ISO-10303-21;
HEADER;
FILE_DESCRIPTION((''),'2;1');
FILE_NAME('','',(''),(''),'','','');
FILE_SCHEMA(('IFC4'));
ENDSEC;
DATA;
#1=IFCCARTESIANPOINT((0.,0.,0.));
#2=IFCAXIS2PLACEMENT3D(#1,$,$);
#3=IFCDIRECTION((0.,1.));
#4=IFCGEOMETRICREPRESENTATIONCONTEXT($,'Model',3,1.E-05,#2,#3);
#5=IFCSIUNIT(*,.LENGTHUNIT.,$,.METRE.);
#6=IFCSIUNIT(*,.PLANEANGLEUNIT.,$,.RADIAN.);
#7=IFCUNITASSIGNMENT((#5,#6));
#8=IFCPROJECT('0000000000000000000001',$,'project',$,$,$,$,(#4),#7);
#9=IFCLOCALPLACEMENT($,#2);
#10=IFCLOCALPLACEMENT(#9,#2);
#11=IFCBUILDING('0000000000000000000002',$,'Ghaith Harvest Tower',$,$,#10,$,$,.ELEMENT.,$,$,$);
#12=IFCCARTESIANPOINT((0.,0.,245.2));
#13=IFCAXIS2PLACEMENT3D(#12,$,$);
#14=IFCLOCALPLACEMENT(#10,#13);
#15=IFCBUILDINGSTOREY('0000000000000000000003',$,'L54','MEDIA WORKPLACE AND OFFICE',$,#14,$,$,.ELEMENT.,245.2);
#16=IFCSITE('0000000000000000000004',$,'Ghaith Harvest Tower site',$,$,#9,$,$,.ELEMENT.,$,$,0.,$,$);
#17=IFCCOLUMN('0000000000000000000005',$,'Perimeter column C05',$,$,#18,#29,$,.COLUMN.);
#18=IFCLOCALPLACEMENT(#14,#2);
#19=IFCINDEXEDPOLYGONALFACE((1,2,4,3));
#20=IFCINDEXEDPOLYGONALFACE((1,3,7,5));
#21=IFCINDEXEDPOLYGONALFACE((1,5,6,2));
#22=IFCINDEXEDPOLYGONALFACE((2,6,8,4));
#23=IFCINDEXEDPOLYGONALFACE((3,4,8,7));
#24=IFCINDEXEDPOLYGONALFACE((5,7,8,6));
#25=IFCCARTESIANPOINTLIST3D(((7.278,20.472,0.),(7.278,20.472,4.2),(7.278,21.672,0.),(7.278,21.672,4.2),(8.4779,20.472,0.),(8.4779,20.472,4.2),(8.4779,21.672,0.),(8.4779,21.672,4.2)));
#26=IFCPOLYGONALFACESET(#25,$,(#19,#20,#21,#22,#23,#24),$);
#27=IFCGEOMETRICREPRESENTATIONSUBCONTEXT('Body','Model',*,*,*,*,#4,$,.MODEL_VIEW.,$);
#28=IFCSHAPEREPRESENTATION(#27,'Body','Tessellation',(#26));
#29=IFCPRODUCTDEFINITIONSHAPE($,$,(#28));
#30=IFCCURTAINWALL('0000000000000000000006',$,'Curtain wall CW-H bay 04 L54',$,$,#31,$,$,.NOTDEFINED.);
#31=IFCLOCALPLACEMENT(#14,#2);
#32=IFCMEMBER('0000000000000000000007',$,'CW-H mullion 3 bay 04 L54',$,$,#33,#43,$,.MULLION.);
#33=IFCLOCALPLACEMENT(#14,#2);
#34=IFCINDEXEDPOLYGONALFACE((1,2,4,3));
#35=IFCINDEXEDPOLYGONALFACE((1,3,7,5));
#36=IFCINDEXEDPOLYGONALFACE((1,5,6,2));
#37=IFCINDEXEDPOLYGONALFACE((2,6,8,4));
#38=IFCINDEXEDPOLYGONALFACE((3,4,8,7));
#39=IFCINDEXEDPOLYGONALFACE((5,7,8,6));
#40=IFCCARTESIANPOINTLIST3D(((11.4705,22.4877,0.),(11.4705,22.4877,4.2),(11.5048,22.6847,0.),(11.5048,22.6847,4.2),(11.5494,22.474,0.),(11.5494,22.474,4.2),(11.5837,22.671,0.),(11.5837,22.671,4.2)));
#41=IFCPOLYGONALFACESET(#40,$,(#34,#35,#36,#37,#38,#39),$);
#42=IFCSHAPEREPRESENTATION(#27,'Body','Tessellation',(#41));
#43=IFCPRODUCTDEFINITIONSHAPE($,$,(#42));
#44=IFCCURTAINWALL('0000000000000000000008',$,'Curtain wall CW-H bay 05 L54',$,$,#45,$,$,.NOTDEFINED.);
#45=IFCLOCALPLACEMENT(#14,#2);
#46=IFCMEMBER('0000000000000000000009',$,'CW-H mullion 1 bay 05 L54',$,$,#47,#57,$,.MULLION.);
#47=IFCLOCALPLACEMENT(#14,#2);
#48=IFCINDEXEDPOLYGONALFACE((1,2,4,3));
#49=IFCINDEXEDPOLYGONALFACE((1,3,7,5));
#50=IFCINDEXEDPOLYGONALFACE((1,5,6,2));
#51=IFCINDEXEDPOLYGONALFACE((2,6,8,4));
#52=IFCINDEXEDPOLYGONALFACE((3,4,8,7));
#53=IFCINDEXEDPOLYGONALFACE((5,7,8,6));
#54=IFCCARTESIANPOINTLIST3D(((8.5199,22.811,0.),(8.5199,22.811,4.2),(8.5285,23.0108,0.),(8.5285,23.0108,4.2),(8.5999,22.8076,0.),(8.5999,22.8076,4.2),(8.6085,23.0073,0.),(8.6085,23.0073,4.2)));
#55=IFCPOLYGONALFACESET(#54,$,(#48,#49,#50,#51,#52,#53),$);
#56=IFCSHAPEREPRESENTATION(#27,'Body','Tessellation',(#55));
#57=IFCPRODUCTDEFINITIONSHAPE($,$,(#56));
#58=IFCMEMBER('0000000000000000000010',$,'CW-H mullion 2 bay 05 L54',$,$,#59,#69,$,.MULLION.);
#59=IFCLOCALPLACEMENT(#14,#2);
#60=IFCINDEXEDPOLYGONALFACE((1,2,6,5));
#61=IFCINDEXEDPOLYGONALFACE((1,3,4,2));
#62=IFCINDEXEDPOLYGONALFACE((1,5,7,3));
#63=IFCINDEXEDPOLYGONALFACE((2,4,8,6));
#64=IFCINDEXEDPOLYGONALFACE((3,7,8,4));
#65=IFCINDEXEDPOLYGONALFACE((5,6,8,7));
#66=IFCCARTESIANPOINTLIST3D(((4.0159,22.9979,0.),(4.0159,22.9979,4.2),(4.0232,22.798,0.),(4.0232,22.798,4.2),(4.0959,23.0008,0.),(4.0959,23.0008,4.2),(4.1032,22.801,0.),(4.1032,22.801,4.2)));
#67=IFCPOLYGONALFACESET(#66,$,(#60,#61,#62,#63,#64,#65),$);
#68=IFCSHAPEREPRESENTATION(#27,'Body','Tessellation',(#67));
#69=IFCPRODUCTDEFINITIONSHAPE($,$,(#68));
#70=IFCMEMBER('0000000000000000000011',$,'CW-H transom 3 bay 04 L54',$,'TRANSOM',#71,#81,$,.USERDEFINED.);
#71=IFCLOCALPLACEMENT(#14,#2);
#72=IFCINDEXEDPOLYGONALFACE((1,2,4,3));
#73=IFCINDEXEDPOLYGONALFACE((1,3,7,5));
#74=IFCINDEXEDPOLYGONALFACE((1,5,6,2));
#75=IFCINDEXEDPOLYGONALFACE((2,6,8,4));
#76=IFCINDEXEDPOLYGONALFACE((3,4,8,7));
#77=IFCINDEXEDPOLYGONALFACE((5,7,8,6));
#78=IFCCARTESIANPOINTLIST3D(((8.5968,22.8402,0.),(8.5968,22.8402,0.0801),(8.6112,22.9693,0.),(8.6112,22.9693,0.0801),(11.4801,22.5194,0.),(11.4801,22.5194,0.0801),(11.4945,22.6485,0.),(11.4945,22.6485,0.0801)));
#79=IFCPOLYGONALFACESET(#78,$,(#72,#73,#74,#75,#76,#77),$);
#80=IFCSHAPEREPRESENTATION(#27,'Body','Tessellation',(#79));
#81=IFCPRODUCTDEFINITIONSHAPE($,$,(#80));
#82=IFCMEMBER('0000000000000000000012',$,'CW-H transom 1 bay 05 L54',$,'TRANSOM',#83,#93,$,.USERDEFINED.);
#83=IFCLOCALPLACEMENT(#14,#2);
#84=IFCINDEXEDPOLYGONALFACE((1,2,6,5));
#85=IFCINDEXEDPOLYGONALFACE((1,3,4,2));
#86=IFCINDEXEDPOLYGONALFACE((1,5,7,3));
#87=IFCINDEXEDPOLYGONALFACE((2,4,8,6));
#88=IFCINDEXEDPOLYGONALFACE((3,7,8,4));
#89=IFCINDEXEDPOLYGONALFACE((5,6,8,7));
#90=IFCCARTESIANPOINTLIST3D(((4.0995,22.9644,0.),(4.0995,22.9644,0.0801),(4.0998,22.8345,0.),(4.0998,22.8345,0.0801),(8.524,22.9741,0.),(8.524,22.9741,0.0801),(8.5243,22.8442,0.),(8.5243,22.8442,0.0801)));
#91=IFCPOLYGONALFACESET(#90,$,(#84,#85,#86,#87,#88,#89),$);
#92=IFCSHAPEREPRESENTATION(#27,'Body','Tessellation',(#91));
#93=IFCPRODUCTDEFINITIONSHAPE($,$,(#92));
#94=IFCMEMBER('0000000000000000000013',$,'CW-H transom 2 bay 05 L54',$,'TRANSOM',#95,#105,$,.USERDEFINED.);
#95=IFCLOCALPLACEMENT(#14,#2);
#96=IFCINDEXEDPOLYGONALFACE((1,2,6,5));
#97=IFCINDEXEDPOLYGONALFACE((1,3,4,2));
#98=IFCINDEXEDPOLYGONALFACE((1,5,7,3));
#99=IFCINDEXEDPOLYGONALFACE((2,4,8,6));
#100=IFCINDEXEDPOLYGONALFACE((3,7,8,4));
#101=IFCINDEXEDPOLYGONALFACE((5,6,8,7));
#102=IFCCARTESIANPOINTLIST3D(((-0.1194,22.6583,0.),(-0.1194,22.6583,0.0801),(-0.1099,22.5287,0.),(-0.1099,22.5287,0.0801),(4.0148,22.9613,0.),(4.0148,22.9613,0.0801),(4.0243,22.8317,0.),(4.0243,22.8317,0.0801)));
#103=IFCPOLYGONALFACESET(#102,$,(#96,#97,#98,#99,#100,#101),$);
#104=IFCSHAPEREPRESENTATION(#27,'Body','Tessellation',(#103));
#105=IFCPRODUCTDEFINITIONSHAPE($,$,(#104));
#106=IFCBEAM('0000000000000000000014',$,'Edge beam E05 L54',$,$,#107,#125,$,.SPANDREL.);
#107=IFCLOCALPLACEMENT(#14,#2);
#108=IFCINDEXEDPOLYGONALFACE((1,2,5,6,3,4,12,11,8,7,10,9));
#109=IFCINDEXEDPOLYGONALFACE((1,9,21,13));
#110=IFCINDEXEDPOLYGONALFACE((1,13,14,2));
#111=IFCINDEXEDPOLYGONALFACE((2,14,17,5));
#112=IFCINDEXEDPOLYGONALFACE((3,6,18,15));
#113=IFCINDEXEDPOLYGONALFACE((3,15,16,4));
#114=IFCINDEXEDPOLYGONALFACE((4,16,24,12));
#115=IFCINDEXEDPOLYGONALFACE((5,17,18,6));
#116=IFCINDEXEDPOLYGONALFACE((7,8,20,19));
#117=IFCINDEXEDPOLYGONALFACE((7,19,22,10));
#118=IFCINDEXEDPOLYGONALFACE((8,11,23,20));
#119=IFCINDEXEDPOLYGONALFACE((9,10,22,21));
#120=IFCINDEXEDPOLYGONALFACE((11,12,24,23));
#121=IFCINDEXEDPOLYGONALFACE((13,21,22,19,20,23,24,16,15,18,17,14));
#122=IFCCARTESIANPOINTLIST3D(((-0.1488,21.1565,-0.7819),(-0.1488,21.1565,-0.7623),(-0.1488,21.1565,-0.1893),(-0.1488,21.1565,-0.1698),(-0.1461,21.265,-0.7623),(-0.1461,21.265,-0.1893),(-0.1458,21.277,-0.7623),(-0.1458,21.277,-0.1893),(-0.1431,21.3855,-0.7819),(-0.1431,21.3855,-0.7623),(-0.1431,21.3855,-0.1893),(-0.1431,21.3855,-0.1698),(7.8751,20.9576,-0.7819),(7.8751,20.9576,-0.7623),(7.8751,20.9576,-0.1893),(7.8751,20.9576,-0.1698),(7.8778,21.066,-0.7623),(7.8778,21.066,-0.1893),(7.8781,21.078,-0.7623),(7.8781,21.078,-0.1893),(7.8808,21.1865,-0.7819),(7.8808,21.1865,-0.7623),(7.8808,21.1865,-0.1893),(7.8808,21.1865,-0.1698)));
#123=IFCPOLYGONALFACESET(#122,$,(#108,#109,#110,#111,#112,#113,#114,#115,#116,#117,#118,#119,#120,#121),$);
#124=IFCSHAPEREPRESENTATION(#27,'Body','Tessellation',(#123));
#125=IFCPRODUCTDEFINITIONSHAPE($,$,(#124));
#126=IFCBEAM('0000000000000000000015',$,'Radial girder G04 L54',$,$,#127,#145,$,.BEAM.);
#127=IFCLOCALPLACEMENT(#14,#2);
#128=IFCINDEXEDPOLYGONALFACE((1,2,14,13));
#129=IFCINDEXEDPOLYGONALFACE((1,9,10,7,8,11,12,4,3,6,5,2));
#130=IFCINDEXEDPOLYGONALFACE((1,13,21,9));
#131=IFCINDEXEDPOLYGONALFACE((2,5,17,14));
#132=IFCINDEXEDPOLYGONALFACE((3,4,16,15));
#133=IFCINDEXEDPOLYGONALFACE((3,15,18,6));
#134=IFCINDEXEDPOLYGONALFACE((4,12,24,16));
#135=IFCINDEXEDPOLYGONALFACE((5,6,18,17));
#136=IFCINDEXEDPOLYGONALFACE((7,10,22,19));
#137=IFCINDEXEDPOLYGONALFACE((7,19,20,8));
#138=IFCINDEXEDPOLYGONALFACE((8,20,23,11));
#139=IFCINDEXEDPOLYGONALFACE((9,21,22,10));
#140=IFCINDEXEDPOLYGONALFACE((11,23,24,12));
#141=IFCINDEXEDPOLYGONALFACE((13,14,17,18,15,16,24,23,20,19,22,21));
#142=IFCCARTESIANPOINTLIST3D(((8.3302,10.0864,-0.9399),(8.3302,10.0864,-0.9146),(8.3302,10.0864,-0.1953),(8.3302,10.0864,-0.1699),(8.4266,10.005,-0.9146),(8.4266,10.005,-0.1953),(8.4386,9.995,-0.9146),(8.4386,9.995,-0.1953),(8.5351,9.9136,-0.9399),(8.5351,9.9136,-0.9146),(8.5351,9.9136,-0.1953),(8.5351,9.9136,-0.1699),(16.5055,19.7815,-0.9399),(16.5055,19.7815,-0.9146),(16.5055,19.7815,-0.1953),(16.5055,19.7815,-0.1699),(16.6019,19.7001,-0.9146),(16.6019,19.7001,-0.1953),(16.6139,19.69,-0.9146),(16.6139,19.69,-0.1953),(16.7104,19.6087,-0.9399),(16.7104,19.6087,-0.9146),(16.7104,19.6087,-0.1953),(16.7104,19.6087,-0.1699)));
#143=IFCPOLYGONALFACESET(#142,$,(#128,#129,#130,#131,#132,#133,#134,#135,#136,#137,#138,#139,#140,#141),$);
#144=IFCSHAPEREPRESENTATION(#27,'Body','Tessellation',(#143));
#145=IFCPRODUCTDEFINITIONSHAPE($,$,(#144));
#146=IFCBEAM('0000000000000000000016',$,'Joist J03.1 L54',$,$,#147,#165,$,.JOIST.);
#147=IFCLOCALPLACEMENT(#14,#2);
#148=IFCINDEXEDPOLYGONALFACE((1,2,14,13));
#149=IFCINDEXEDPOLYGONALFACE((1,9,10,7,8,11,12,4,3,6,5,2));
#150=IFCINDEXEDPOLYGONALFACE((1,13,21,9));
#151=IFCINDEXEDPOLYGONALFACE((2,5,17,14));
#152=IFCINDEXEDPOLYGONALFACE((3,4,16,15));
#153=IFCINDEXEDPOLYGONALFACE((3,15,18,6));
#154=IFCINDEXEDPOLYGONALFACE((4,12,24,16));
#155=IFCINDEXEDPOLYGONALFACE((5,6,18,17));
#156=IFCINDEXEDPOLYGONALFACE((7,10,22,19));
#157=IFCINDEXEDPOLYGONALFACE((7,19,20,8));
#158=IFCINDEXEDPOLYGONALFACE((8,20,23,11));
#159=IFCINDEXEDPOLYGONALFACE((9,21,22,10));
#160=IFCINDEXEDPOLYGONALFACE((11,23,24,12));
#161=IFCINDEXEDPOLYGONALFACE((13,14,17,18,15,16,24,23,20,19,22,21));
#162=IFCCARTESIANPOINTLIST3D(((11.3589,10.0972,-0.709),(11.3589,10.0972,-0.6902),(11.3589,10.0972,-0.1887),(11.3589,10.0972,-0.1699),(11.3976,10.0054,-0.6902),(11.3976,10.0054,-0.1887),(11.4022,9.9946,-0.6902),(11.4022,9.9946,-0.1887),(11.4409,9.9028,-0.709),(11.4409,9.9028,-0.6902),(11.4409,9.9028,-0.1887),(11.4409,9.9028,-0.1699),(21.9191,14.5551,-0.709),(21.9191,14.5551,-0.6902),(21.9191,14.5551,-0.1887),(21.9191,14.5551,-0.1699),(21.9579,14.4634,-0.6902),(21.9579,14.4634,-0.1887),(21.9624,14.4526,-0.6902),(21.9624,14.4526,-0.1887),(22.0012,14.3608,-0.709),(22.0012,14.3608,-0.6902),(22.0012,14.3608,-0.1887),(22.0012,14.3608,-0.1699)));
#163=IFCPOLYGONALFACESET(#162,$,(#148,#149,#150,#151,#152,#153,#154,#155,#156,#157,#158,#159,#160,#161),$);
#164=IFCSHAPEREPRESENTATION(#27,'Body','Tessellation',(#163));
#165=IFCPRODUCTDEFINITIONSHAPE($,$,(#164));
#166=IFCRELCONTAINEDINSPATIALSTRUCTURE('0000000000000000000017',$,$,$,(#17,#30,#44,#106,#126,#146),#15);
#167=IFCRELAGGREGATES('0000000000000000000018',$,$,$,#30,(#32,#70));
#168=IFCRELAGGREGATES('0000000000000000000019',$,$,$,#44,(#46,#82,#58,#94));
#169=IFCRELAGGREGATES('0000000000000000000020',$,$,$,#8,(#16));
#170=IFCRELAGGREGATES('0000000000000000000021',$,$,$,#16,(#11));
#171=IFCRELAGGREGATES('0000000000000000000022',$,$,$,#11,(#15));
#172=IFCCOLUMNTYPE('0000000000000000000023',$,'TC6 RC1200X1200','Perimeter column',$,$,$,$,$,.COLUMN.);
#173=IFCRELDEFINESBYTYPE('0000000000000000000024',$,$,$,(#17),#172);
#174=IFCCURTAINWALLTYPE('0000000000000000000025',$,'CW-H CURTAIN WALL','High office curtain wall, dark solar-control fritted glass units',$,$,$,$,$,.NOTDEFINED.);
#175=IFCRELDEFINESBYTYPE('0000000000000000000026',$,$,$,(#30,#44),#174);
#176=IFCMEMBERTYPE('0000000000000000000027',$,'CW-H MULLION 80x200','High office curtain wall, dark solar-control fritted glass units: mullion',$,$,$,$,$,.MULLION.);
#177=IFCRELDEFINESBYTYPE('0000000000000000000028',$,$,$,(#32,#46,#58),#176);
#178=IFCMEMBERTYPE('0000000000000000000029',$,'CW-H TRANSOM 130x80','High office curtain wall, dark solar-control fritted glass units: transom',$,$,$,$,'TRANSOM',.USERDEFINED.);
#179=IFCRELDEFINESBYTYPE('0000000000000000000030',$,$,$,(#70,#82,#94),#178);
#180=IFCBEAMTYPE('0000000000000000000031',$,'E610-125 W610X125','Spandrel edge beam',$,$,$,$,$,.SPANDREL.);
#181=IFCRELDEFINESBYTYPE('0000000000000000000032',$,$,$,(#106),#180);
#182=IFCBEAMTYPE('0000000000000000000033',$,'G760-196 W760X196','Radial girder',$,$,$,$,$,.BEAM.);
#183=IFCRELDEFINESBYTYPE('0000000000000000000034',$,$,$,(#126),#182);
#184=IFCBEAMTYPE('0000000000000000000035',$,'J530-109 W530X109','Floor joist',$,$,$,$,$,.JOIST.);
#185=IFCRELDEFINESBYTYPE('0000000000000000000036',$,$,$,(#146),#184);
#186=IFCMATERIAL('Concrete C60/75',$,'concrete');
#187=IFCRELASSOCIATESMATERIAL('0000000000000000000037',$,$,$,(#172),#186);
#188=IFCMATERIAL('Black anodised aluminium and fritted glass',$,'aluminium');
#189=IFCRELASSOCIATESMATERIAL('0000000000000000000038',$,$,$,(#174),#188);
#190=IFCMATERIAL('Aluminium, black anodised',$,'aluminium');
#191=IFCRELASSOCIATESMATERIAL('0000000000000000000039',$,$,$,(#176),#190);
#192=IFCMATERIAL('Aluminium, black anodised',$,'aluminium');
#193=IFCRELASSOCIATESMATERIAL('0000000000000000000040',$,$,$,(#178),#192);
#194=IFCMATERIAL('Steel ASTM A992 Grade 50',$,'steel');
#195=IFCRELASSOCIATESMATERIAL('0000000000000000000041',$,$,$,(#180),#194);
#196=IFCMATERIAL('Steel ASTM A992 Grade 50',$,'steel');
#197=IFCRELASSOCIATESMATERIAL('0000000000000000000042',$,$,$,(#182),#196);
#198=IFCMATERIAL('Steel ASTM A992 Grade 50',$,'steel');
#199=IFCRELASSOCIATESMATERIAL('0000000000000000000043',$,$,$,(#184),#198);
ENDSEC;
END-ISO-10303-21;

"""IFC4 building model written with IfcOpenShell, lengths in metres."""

from ifc_helpers import new_model, si_unit, direction, frame, origin, origin_2d, place, context, subcontext, project, spatial, rectangle, i_section, extrude, material, material_profile, profile_set, type_object, element, aggregate, save


model = new_model("IFC4")

# Units and contexts
model_context = context("Model", 3, precision=1e-05, world=origin(), true_north=direction((0.0, 1.0)))
body_context = subcontext(model_context, "Body", "Model", "MODEL_VIEW")
ifc_project = project(units=[si_unit("LENGTHUNIT", "METRE"), si_unit("PLANEANGLEUNIT", "RADIAN")], contexts=[model_context])

# Site, building, storey
site_placement = place(None, origin())
site = spatial("IfcSite", under=ifc_project, at=site_placement, Name="Ghaith Harvest Tower site", CompositionType="ELEMENT", RefElevation=0.0)
building_placement = place(site_placement, origin())
building = spatial("IfcBuilding", under=site, at=building_placement, Name="Ghaith Harvest Tower", CompositionType="ELEMENT")
storey_placement = place(building_placement, frame((0.0, 0.0, 245.2)))
storey = spatial("IfcBuildingStorey", under=building, at=storey_placement, Name="L54", Description="MEDIA WORKPLACE AND OFFICE", CompositionType="ELEMENT", Elevation=245.2)

# Column
ifc_material_1 = material(Name="Concrete C60/75", Category="concrete")
ifc_material_profile_1 = material_profile(ifc_material_1, rectangle(XDim=1.2, YDim=1.2, at=origin_2d()), Name="RC1200X1200")
ifc_profile_set_1 = profile_set([ifc_material_profile_1], Name="Concrete C60/75")
column_type = type_object("IfcColumnType", Name="TC6 RC1200X1200", Description="Perimeter column", PredefinedType="COLUMN", material=ifc_profile_set_1)
column_placement = place(storey_placement, frame((7.8779, 21.072, 0.0), z_axis=(0.0, 0.0, 1.0), x_axis=(1.0, 0.0, 0.0)))
element("IfcColumn", 1, at=column_placement, inside=storey, type_object=column_type, Name="Perimeter column C05", PredefinedType="COLUMN", context=body_context, shape_type="SweptSolid", body=[
    extrude(rectangle(XDim=1.2, YDim=1.2, at=origin_2d()), origin(), (0.0, 0.0, 1.0), 4.2),
])

# Curtain wall, member
ifc_material_2 = material(Name="Black anodised aluminium and fritted glass", Category="aluminium")
curtain_wall_type = type_object("IfcCurtainWallType", Name="CW-H CURTAIN WALL", Description="High office curtain wall, dark solar-control fritted glass units", PredefinedType="NOTDEFINED", material=ifc_material_2)
curtain_wall_1_placement = place(storey_placement, origin())
curtain_wall_1 = element("IfcCurtainWall", 2, at=curtain_wall_1_placement, inside=storey, type_object=curtain_wall_type, Name="Curtain wall CW-H bay 04 L54", PredefinedType="NOTDEFINED")
ifc_material_3 = material(Name="Aluminium, black anodised", Category="aluminium")
ifc_material_profile_2 = material_profile(ifc_material_3, rectangle(XDim=0.0801, YDim=0.2, at=origin_2d()), Name="CW-H MULLION 80x200")
ifc_profile_set_2 = profile_set([ifc_material_profile_2], Name="Aluminium, black anodised")
member_type_1 = type_object("IfcMemberType", Name="CW-H MULLION 80x200", Description="High office curtain wall, dark solar-control fritted glass units: mullion", PredefinedType="MULLION", material=ifc_profile_set_2)
member_1_placement = place(storey_placement, frame((11.5271, 22.5793, 0.0), z_axis=(0.0, 0.0, 1.0), x_axis=(-0.985193, 0.171447, 0.0)))
member_1 = element("IfcMember", 3, at=member_1_placement, type_object=member_type_1, Name="CW-H mullion 3 bay 04 L54", PredefinedType="MULLION", context=body_context, shape_type="SweptSolid", body=[
    extrude(rectangle(XDim=0.0801, YDim=0.2, at=origin_2d()), origin(), (0.0, 0.0, 1.0), 4.2),
])

# Curtain wall, members
curtain_wall_2_placement = place(storey_placement, origin())
curtain_wall_2 = element("IfcCurtainWall", 4, at=curtain_wall_2_placement, inside=storey, type_object=curtain_wall_type, Name="Curtain wall CW-H bay 05 L54", PredefinedType="NOTDEFINED")
member_2_placement = place(storey_placement, frame((8.5642, 22.9092, 0.0), z_axis=(0.0, 0.0, 1.0), x_axis=(-0.999084, 0.042803, 0.0)))
member_2 = element("IfcMember", 5, at=member_2_placement, type_object=member_type_1, Name="CW-H mullion 1 bay 05 L54", PredefinedType="MULLION", context=body_context, shape_type="SweptSolid", body=[
    extrude(rectangle(XDim=0.0801, YDim=0.2, at=origin_2d()), origin(), (0.0, 0.0, 1.0), 4.2),
])
member_3_placement = place(storey_placement, frame((4.0596, 22.8994, 0.0), z_axis=(0.0, 0.0, 1.0), x_axis=(-0.999333, -0.036524, 0.0)))
member_3 = element("IfcMember", 6, at=member_3_placement, type_object=member_type_1, Name="CW-H mullion 2 bay 05 L54", PredefinedType="MULLION", context=body_context, shape_type="SweptSolid", body=[
    extrude(rectangle(XDim=0.0801, YDim=0.2, at=origin_2d()), origin(), (0.0, 0.0, 1.0), 4.2),
])

# Members
ifc_material_4 = material(Name="Aluminium, black anodised", Category="aluminium")
ifc_material_profile_3 = material_profile(ifc_material_4, rectangle(XDim=0.1299, YDim=0.0801, at=origin_2d()), Name="CW-H TRANSOM 130x80")
ifc_profile_set_3 = profile_set([ifc_material_profile_3], Name="Aluminium, black anodised")
member_type_2 = type_object("IfcMemberType", Name="CW-H TRANSOM 130x80", Description="High office curtain wall, dark solar-control fritted glass units: transom", ElementType="TRANSOM", PredefinedType="USERDEFINED", material=ifc_profile_set_3)
member_4_placement = place(storey_placement, frame((11.4873, 22.584, 0.04), z_axis=(-0.993867, 0.110579, 0.0), x_axis=(-0.110579, -0.993867, 0.0)))
member_4 = element("IfcMember", 7, at=member_4_placement, type_object=member_type_2, Name="CW-H transom 3 bay 04 L54", ObjectType="TRANSOM", PredefinedType="USERDEFINED", context=body_context, shape_type="SweptSolid", body=[
    extrude(rectangle(XDim=0.1299, YDim=0.0801, at=origin_2d()), origin(), (0.0, 0.0, 1.0), 2.9011),
])
member_5_placement = place(storey_placement, frame((8.5242, 22.9092, 0.04), z_axis=(-0.999998, -0.002207, 0.0), x_axis=(0.002207, -0.999998, 0.0)))
member_5 = element("IfcMember", 8, at=member_5_placement, type_object=member_type_2, Name="CW-H transom 1 bay 05 L54", ObjectType="TRANSOM", PredefinedType="USERDEFINED", context=body_context, shape_type="SweptSolid", body=[
    extrude(rectangle(XDim=0.1299, YDim=0.0801, at=origin_2d()), origin(), (0.0, 0.0, 1.0), 4.4246),
])
member_6_placement = place(storey_placement, frame((4.0195, 22.8965, 0.04), z_axis=(-0.997325, -0.073089, 0.0), x_axis=(0.073089, -0.997325, 0.0)))
member_6 = element("IfcMember", 9, at=member_6_placement, type_object=member_type_2, Name="CW-H transom 2 bay 05 L54", ObjectType="TRANSOM", PredefinedType="USERDEFINED", context=body_context, shape_type="SweptSolid", body=[
    extrude(rectangle(XDim=0.1299, YDim=0.0801, at=origin_2d()), origin(), (0.0, 0.0, 1.0), 4.1453),
])

# Beams
ifc_material_5 = material(Name="Steel ASTM A992 Grade 50", Category="steel")
ifc_material_profile_4 = material_profile(ifc_material_5, i_section(OverallWidth=0.229, OverallDepth=0.6121, WebThickness=0.012, FlangeThickness=0.0195, at=origin_2d()), Name="W610X125")
ifc_profile_set_4 = profile_set([ifc_material_profile_4], Name="Steel ASTM A992 Grade 50")
beam_type_1 = type_object("IfcBeamType", Name="E610-125 W610X125", Description="Spandrel edge beam", PredefinedType="SPANDREL", material=ifc_profile_set_4)
beam_1_placement = place(storey_placement, frame((7.8779, 21.072, -0.4758), z_axis=(-0.999693, 0.02479, 0.0), x_axis=(-0.02479, -0.999693, 0.0)))
element("IfcBeam", 10, at=beam_1_placement, inside=storey, type_object=beam_type_1, Name="Edge beam E05 L54", PredefinedType="SPANDREL", context=body_context, shape_type="SweptSolid", body=[
    extrude(i_section(OverallWidth=0.229, OverallDepth=0.6121, WebThickness=0.012, FlangeThickness=0.0195, at=origin_2d()), origin(), (0.0, 0.0, 1.0), 8.0264),
])
ifc_material_6 = material(Name="Steel ASTM A992 Grade 50", Category="steel")
ifc_material_profile_5 = material_profile(ifc_material_6, i_section(OverallWidth=0.2681, OverallDepth=0.77, WebThickness=0.0156, FlangeThickness=0.0254, at=origin_2d()), Name="W760X196")
ifc_profile_set_5 = profile_set([ifc_material_profile_5], Name="Steel ASTM A992 Grade 50")
beam_type_2 = type_object("IfcBeamType", Name="G760-196 W760X196", Description="Radial girder", PredefinedType="BEAM", material=ifc_profile_set_5)
beam_2_placement = place(storey_placement, frame((8.4326, 10.0, -0.5549), z_axis=(0.644644, 0.764483, 0.0), x_axis=(-0.764483, 0.644644, 0.0)))
element("IfcBeam", 11, at=beam_2_placement, inside=storey, type_object=beam_type_2, Name="Radial girder G04 L54", PredefinedType="BEAM", context=body_context, shape_type="SweptSolid", body=[
    extrude(i_section(OverallWidth=0.2681, OverallDepth=0.77, WebThickness=0.0156, FlangeThickness=0.0254, at=origin_2d()), origin(), (0.0, 0.0, 1.0), 12.6819),
])
ifc_material_7 = material(Name="Steel ASTM A992 Grade 50", Category="steel")
ifc_material_profile_6 = material_profile(ifc_material_7, i_section(OverallWidth=0.2109, OverallDepth=0.5391, WebThickness=0.0117, FlangeThickness=0.0188, at=origin_2d()), Name="W530X109")
ifc_profile_set_6 = profile_set([ifc_material_profile_6], Name="Steel ASTM A992 Grade 50")
beam_type_3 = type_object("IfcBeamType", Name="J530-109 W530X109", Description="Floor joist", PredefinedType="JOIST", material=ifc_profile_set_6)
beam_3_placement = place(storey_placement, frame((11.3999, 10.0, -0.4395), z_axis=(0.921274, 0.388914, 0.0), x_axis=(-0.388914, 0.921274, 0.0)))
element("IfcBeam", 12, at=beam_3_placement, inside=storey, type_object=beam_type_3, Name="Joist J03.1 L54", PredefinedType="JOIST", context=body_context, shape_type="SweptSolid", body=[
    extrude(i_section(OverallWidth=0.2109, OverallDepth=0.5391, WebThickness=0.0117, FlangeThickness=0.0188, at=origin_2d()), origin(), (0.0, 0.0, 1.0), 11.4626),
])

aggregate(curtain_wall_1, [member_1, member_4])
aggregate(curtain_wall_2, [member_2, member_5, member_3, member_6])

save(model, "model.ifc")
